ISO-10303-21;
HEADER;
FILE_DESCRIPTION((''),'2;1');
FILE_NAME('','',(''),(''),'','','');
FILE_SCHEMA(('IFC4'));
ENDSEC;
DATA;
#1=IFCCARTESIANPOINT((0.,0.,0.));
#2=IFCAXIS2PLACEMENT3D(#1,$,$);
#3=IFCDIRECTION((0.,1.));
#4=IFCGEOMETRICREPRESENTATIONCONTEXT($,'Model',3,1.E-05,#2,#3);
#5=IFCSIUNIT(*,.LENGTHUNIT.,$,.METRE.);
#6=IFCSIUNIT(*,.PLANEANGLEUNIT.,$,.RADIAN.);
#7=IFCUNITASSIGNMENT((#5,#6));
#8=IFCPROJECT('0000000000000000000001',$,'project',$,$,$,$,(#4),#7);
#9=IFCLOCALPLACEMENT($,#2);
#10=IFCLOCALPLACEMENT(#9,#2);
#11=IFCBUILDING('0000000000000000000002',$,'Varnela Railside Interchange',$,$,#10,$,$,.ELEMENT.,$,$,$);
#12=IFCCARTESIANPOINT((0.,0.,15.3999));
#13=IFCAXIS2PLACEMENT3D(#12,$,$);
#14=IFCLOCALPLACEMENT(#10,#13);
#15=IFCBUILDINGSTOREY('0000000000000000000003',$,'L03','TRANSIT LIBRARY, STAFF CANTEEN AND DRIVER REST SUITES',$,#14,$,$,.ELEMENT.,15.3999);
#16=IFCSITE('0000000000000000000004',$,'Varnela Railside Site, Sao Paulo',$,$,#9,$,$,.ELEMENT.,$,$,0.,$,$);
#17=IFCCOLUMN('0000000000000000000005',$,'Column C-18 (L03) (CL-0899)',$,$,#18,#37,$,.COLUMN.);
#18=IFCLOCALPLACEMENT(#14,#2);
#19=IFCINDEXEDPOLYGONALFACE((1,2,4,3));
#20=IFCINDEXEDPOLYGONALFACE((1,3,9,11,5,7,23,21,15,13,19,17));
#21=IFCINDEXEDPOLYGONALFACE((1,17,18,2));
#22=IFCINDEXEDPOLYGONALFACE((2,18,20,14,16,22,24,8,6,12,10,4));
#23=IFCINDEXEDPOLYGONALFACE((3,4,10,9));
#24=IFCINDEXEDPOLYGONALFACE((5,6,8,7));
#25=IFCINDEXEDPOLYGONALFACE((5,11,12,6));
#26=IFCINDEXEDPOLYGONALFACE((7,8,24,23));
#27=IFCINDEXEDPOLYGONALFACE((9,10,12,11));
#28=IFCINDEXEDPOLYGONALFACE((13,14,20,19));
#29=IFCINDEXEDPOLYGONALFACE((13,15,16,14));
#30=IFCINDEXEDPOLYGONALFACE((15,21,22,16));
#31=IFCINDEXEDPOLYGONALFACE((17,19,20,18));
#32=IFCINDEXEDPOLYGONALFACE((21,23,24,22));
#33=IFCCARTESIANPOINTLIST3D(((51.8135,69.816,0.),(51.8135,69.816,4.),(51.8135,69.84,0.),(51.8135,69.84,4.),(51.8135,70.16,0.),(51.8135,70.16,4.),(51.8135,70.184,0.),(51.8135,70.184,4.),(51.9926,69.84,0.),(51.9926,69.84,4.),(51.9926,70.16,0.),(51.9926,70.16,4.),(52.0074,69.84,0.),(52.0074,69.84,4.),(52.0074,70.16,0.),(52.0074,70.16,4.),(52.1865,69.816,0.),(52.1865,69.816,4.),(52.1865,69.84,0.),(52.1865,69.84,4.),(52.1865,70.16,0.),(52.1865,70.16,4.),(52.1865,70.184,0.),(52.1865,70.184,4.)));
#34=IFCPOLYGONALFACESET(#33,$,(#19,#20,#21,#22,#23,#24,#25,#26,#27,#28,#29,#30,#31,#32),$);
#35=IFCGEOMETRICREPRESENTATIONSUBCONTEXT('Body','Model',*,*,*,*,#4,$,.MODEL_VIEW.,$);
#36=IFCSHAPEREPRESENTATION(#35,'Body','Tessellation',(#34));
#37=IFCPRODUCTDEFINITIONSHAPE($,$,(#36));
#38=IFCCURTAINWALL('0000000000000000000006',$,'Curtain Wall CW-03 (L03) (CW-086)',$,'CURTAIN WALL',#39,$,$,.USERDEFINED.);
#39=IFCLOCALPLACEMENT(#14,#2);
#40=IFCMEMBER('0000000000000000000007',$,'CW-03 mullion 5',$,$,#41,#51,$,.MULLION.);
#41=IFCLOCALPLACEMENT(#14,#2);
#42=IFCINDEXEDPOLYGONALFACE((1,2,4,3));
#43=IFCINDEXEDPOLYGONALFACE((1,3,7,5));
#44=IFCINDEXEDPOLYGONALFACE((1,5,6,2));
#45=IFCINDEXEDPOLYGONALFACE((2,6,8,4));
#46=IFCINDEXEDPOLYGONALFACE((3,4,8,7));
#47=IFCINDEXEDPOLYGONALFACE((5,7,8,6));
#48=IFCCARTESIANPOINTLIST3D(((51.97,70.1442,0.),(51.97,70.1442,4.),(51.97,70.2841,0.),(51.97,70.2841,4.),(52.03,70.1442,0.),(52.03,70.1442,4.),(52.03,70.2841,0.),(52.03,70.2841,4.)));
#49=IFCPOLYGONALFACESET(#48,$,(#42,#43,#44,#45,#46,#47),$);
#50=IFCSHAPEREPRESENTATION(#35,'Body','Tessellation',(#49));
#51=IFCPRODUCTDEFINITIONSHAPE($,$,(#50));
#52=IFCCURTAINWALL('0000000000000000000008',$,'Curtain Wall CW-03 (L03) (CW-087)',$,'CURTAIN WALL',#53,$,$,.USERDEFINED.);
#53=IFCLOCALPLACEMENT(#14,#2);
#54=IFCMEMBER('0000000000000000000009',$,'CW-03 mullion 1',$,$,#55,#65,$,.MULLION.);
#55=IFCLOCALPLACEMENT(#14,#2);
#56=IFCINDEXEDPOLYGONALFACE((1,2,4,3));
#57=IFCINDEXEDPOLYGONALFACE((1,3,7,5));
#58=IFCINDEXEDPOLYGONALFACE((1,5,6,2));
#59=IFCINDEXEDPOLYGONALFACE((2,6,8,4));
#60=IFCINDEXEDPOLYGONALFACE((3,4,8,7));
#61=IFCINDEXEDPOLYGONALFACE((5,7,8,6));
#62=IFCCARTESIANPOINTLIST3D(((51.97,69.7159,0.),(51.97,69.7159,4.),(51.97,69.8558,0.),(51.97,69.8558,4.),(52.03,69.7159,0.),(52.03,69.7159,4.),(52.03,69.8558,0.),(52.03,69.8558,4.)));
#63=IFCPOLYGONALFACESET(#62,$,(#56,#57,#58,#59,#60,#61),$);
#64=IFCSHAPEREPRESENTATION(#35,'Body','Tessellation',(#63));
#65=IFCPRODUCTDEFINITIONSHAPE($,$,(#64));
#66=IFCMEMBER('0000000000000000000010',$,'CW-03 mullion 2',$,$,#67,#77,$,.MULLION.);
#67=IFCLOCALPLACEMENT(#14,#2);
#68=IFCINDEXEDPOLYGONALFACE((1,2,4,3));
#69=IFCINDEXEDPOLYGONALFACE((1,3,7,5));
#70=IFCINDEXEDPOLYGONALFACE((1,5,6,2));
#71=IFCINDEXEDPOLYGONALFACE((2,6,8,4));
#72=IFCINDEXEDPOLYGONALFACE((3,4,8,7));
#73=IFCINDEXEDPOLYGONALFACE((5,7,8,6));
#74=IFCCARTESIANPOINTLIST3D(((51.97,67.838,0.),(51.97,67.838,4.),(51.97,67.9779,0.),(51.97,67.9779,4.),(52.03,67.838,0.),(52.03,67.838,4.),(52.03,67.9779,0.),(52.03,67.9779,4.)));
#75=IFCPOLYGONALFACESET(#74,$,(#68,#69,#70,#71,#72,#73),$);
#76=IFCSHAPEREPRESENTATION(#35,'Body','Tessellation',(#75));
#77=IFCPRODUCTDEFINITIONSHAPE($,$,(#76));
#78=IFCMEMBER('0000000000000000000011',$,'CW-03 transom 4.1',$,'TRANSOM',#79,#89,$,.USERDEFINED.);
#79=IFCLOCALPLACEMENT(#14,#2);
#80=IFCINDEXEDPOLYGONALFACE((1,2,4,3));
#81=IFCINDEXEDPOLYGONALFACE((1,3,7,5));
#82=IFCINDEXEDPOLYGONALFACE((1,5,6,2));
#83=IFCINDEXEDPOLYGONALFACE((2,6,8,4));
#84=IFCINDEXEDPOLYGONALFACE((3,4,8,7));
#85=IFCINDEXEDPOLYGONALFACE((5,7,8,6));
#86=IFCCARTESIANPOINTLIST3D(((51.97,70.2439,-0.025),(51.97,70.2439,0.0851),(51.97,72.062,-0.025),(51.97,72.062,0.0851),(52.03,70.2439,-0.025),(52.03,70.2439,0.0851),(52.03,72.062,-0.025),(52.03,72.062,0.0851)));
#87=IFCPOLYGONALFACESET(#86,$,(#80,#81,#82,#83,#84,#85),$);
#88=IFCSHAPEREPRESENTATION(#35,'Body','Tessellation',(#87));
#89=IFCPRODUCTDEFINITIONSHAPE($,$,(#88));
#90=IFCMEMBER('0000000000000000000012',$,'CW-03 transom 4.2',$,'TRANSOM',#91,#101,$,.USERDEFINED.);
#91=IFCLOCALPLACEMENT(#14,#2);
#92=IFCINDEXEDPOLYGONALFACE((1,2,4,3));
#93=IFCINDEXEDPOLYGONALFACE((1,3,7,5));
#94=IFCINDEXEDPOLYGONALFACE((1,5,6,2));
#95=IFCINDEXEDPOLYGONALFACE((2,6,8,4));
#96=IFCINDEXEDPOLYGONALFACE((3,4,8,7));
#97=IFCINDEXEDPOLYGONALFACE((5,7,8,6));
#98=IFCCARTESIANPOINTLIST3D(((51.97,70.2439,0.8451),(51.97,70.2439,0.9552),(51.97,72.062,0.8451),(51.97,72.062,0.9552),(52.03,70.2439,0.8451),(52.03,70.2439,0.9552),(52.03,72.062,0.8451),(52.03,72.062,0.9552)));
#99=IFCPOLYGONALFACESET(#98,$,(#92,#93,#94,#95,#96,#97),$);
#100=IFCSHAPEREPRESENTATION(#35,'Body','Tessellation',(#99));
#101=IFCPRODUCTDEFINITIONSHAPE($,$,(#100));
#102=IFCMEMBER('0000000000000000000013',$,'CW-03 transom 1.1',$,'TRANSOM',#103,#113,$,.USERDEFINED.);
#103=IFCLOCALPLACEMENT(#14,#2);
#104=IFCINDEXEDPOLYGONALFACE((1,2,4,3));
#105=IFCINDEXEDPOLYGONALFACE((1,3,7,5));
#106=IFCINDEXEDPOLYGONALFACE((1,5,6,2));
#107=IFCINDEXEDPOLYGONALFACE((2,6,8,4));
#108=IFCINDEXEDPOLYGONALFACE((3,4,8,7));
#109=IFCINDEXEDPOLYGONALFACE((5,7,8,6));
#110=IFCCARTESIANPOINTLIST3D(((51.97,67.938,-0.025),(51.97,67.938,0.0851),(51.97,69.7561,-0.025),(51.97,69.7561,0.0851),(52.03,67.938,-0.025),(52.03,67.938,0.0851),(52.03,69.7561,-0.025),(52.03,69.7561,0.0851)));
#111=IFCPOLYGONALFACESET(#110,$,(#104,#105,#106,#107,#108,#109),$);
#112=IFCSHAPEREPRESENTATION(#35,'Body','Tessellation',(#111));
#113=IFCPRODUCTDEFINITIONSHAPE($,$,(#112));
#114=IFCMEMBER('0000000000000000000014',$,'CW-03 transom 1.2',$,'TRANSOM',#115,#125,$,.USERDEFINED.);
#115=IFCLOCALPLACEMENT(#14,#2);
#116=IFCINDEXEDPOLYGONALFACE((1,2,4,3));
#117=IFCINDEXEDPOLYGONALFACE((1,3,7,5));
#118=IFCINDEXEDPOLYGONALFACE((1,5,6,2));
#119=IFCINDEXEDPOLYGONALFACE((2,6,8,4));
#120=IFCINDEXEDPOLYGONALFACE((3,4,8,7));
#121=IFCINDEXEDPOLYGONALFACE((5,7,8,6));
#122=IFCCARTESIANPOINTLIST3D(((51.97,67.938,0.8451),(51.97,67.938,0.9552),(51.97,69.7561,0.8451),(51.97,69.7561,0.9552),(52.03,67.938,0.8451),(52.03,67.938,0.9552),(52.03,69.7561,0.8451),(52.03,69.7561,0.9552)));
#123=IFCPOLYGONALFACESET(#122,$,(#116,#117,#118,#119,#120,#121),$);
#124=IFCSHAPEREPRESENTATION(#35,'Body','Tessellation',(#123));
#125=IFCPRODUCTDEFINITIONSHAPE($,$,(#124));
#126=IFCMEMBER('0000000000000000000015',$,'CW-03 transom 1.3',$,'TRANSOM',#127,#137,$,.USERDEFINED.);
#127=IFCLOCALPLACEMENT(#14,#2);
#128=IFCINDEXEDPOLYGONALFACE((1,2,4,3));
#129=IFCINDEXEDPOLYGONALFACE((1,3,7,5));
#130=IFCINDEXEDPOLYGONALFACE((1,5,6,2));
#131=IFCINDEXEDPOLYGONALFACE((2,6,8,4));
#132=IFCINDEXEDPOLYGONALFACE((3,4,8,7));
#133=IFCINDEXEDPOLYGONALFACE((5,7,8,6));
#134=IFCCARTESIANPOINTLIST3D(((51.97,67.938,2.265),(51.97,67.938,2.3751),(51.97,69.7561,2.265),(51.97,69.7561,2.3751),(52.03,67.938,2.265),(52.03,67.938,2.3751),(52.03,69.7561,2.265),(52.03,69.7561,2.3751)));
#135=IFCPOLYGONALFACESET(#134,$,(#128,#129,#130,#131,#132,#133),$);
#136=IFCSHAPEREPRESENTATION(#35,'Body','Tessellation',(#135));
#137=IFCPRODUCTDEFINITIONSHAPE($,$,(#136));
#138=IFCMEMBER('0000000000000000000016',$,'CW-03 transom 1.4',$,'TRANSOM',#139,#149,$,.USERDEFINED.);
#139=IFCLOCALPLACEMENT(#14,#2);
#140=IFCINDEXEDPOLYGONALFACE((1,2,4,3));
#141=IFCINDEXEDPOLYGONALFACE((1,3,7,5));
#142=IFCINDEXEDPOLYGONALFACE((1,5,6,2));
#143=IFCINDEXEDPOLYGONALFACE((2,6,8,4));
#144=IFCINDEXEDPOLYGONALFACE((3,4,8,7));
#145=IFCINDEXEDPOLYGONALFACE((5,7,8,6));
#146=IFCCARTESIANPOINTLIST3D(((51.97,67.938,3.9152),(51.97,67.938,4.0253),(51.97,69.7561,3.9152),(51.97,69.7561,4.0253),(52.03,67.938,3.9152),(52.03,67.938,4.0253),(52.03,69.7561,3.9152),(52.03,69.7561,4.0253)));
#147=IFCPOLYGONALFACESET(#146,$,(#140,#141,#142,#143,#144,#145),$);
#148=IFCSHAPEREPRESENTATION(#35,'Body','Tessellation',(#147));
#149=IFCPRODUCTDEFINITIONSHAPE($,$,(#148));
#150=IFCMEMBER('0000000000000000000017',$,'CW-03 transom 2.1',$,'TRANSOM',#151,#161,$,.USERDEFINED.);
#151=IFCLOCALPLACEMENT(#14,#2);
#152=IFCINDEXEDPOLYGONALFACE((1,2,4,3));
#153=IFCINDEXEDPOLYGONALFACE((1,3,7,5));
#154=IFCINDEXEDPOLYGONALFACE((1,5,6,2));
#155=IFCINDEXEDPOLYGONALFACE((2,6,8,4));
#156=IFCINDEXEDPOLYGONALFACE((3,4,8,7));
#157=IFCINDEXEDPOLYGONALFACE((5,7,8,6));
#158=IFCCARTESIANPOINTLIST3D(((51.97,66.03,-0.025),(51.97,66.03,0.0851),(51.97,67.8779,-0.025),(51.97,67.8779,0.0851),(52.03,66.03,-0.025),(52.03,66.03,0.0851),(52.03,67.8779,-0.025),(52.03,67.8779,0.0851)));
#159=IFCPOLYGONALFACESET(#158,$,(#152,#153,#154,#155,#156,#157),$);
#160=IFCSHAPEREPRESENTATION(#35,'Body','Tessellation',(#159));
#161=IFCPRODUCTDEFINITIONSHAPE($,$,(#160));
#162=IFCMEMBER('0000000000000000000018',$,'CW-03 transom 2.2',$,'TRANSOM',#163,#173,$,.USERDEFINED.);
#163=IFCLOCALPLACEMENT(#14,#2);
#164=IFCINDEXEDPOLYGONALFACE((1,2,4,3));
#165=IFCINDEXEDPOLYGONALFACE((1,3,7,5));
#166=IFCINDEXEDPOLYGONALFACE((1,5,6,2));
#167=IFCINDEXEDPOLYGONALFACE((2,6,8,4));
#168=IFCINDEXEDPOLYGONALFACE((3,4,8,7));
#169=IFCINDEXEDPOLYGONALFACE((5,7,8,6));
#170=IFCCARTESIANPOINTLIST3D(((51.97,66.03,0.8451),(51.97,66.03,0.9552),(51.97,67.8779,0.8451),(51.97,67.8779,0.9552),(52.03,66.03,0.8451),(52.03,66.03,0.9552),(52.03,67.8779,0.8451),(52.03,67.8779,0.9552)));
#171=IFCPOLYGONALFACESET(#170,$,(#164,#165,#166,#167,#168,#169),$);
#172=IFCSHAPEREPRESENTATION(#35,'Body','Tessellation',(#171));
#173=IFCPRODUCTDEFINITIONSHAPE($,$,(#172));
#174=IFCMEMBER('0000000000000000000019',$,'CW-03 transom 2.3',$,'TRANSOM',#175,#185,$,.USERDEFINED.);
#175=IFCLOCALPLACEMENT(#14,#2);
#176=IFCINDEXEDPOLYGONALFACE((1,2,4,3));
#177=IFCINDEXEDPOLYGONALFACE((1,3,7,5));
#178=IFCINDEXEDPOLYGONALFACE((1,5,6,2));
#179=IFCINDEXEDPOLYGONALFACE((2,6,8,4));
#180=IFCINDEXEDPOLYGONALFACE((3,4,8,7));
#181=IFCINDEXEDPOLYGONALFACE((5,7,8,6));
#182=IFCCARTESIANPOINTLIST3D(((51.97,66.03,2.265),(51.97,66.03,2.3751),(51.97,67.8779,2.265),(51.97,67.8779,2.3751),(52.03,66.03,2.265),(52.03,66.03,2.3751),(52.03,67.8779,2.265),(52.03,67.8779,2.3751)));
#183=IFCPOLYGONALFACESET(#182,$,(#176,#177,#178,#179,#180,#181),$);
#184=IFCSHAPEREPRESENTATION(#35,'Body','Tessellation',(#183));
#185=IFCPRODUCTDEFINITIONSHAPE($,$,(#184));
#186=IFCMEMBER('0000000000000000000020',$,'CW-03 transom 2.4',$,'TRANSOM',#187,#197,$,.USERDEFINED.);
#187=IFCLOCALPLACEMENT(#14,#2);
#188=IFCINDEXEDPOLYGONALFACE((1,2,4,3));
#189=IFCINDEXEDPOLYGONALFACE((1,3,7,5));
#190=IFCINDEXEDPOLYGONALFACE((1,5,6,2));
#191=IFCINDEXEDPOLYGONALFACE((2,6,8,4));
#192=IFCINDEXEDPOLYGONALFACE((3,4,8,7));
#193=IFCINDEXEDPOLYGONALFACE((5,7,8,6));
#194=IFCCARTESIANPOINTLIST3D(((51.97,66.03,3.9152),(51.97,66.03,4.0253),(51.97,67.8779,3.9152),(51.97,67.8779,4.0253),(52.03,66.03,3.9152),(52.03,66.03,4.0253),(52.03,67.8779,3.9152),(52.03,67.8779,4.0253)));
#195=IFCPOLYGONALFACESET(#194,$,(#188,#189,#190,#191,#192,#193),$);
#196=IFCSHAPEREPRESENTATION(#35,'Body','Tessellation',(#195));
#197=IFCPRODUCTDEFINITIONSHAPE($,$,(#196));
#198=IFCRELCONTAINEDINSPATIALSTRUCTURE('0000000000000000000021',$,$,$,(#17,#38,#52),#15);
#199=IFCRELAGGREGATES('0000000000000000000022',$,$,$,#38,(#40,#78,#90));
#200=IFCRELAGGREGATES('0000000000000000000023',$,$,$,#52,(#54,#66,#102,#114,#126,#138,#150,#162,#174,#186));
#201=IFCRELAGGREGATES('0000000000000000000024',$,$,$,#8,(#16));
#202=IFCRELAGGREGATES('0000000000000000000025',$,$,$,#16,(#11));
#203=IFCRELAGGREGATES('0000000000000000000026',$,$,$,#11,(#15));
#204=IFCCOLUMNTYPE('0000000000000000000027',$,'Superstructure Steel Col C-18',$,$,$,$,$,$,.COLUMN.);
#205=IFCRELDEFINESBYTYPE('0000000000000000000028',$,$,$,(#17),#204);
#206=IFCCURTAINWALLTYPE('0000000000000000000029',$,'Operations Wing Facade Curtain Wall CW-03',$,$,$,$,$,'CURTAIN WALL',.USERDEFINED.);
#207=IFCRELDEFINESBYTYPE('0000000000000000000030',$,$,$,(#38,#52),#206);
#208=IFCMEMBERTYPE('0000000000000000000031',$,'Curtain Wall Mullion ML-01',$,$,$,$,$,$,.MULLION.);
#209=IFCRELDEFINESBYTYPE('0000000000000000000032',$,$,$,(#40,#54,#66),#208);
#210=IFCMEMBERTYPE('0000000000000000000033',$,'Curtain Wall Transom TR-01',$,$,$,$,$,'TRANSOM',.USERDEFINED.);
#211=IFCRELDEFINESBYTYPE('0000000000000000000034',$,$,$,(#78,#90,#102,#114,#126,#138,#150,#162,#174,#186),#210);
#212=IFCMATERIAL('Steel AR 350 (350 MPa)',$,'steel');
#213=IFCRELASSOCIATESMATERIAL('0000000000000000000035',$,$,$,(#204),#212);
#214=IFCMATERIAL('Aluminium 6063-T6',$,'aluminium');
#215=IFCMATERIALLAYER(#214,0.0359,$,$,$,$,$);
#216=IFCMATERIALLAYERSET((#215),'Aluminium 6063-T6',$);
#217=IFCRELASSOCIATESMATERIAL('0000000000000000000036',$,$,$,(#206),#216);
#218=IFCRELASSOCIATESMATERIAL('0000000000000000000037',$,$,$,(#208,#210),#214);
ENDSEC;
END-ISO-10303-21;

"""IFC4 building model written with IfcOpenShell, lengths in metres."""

from ifc_helpers import new_model, si_unit, direction, frame, origin, origin_2d, place, context, subcontext, project, spatial, rectangle, i_section, extrude, material, layer, layer_set, material_profile, profile_set, type_object, element, aggregate, save


model = new_model("IFC4")

# Units and contexts
model_context = context("Model", 3, precision=1e-05, world=origin(), true_north=direction((0.0, 1.0)))
body_context = subcontext(model_context, "Body", "Model", "MODEL_VIEW")
ifc_project = project(units=[si_unit("LENGTHUNIT", "METRE"), si_unit("PLANEANGLEUNIT", "RADIAN")], contexts=[model_context])

# Site, building, storey
site_placement = place(None, origin())
site = spatial("IfcSite", under=ifc_project, at=site_placement, Name="Varnela Railside Site, Sao Paulo", CompositionType="ELEMENT", RefElevation=0.0)
building_placement = place(site_placement, origin())
building = spatial("IfcBuilding", under=site, at=building_placement, Name="Varnela Railside Interchange", CompositionType="ELEMENT")
storey_placement = place(building_placement, frame((0.0, 0.0, 15.3999)))
storey = spatial("IfcBuildingStorey", under=building, at=storey_placement, Name="L03", Description="TRANSIT LIBRARY, STAFF CANTEEN AND DRIVER REST SUITES", CompositionType="ELEMENT", Elevation=15.3999)

# Column
ifc_material_1 = material(Name="Steel AR 350 (350 MPa)", Category="steel")
ifc_material_profile_1 = material_profile(ifc_material_1, i_section(OverallWidth=0.373, OverallDepth=0.3679, WebThickness=0.0149, FlangeThickness=0.0239, at=origin_2d()), Name="W360x179")
ifc_profile_set_1 = profile_set([ifc_material_profile_1], Name="Steel AR 350 (350 MPa)")
column_type = type_object("IfcColumnType", Name="Superstructure Steel Col C-18", PredefinedType="COLUMN", material=ifc_profile_set_1)
column_placement = place(storey_placement, frame((52.0, 70.0, 0.0), z_axis=(0.0, 0.0, 1.0), x_axis=(1.0, 0.0, 0.0)))
element("IfcColumn", 1, at=column_placement, inside=storey, type_object=column_type, Name="Column C-18 (L03) (CL-0899)", PredefinedType="COLUMN", context=body_context, shape_type="SweptSolid", body=[
    extrude(i_section(OverallWidth=0.373, OverallDepth=0.3679, WebThickness=0.0149, FlangeThickness=0.0239, at=origin_2d()), origin(), (0.0, 0.0, 1.0), 4.0),
])

# Curtain wall, member
ifc_material_2 = material(Name="Aluminium 6063-T6", Category="aluminium")
ifc_layer_1 = layer(ifc_material_2, 0.0359)
ifc_layer_set_1 = layer_set([ifc_layer_1], Name="Aluminium 6063-T6")
curtain_wall_type = type_object("IfcCurtainWallType", Name="Operations Wing Facade Curtain Wall CW-03", ElementType="CURTAIN WALL", PredefinedType="USERDEFINED", material=ifc_layer_set_1)
curtain_wall_1_placement = place(storey_placement, origin())
curtain_wall_1 = element("IfcCurtainWall", 2, at=curtain_wall_1_placement, inside=storey, type_object=curtain_wall_type, Name="Curtain Wall CW-03 (L03) (CW-086)", ObjectType="CURTAIN WALL", PredefinedType="USERDEFINED")
ifc_material_profile_2 = material_profile(ifc_material_2, rectangle(XDim=0.0601, YDim=0.1399, at=origin_2d()), Name="ALU 60x140")
ifc_profile_set_2 = profile_set([ifc_material_profile_2], Name="Aluminium 6063-T6")
member_type_1 = type_object("IfcMemberType", Name="Curtain Wall Mullion ML-01", PredefinedType="MULLION", material=ifc_profile_set_2)
member_1_placement = place(storey_placement, frame((52.0, 70.2141, 0.0), z_axis=(0.0, 0.0, 1.0), x_axis=(1.0, 0.0, 0.0)))
member_1 = element("IfcMember", 3, at=member_1_placement, type_object=member_type_1, Name="CW-03 mullion 5", PredefinedType="MULLION", context=body_context, shape_type="SweptSolid", body=[
    extrude(rectangle(XDim=0.0601, YDim=0.1399, at=origin_2d()), origin(), (0.0, 0.0, 1.0), 4.0),
])

# Curtain wall, members
curtain_wall_2_placement = place(storey_placement, origin())
curtain_wall_2 = element("IfcCurtainWall", 4, at=curtain_wall_2_placement, inside=storey, type_object=curtain_wall_type, Name="Curtain Wall CW-03 (L03) (CW-087)", ObjectType="CURTAIN WALL", PredefinedType="USERDEFINED")
member_2_placement = place(storey_placement, frame((52.0, 69.7859, 0.0), z_axis=(0.0, 0.0, 1.0), x_axis=(1.0, 0.0, 0.0)))
member_2 = element("IfcMember", 5, at=member_2_placement, type_object=member_type_1, Name="CW-03 mullion 1", PredefinedType="MULLION", context=body_context, shape_type="SweptSolid", body=[
    extrude(rectangle(XDim=0.0601, YDim=0.1399, at=origin_2d()), origin(), (0.0, 0.0, 1.0), 4.0),
])
member_3_placement = place(storey_placement, frame((52.0, 67.908, 0.0), z_axis=(0.0, 0.0, 1.0), x_axis=(1.0, 0.0, 0.0)))
member_3 = element("IfcMember", 6, at=member_3_placement, type_object=member_type_1, Name="CW-03 mullion 2", PredefinedType="MULLION", context=body_context, shape_type="SweptSolid", body=[
    extrude(rectangle(XDim=0.0601, YDim=0.1399, at=origin_2d()), origin(), (0.0, 0.0, 1.0), 4.0),
])

# Members
ifc_material_profile_3 = material_profile(ifc_material_2, rectangle(XDim=0.0601, YDim=0.1101, at=origin_2d()), Name="ALU 60x110")
ifc_profile_set_3 = profile_set([ifc_material_profile_3], Name="Aluminium 6063-T6")
member_type_2 = type_object("IfcMemberType", Name="Curtain Wall Transom TR-01", ElementType="TRANSOM", PredefinedType="USERDEFINED", material=ifc_profile_set_3)
member_4_placement = place(storey_placement, frame((52.0, 72.062, 0.03), z_axis=(0.0, -1.0, 0.0), x_axis=(1.0, 0.0, 0.0)))
member_4 = element("IfcMember", 7, at=member_4_placement, type_object=member_type_2, Name="CW-03 transom 4.1", ObjectType="TRANSOM", PredefinedType="USERDEFINED", context=body_context, shape_type="SweptSolid", body=[
    extrude(rectangle(XDim=0.0601, YDim=0.1101, at=origin_2d()), origin(), (0.0, 0.0, 1.0), 1.8181),
])
member_5_placement = place(storey_placement, frame((52.0, 72.062, 0.9001), z_axis=(0.0, -1.0, 0.0), x_axis=(1.0, 0.0, 0.0)))
member_5 = element("IfcMember", 8, at=member_5_placement, type_object=member_type_2, Name="CW-03 transom 4.2", ObjectType="TRANSOM", PredefinedType="USERDEFINED", context=body_context, shape_type="SweptSolid", body=[
    extrude(rectangle(XDim=0.0601, YDim=0.1101, at=origin_2d()), origin(), (0.0, 0.0, 1.0), 1.8181),
])
member_6_placement = place(storey_placement, frame((52.0, 69.7561, 0.03), z_axis=(0.0, -1.0, 0.0), x_axis=(1.0, 0.0, 0.0)))
member_6 = element("IfcMember", 9, at=member_6_placement, type_object=member_type_2, Name="CW-03 transom 1.1", ObjectType="TRANSOM", PredefinedType="USERDEFINED", context=body_context, shape_type="SweptSolid", body=[
    extrude(rectangle(XDim=0.0601, YDim=0.1101, at=origin_2d()), origin(), (0.0, 0.0, 1.0), 1.8181),
])
member_7_placement = place(storey_placement, frame((52.0, 69.7561, 0.9001), z_axis=(0.0, -1.0, 0.0), x_axis=(1.0, 0.0, 0.0)))
member_7 = element("IfcMember", 10, at=member_7_placement, type_object=member_type_2, Name="CW-03 transom 1.2", ObjectType="TRANSOM", PredefinedType="USERDEFINED", context=body_context, shape_type="SweptSolid", body=[
    extrude(rectangle(XDim=0.0601, YDim=0.1101, at=origin_2d()), origin(), (0.0, 0.0, 1.0), 1.8181),
])
member_8_placement = place(storey_placement, frame((52.0, 69.7561, 2.3201), z_axis=(0.0, -1.0, 0.0), x_axis=(1.0, 0.0, 0.0)))
member_8 = element("IfcMember", 11, at=member_8_placement, type_object=member_type_2, Name="CW-03 transom 1.3", ObjectType="TRANSOM", PredefinedType="USERDEFINED", context=body_context, shape_type="SweptSolid", body=[
    extrude(rectangle(XDim=0.0601, YDim=0.1101, at=origin_2d()), origin(), (0.0, 0.0, 1.0), 1.8181),
])
member_9_placement = place(storey_placement, frame((52.0, 69.7561, 3.9702), z_axis=(0.0, -1.0, 0.0), x_axis=(1.0, 0.0, 0.0)))
member_9 = element("IfcMember", 12, at=member_9_placement, type_object=member_type_2, Name="CW-03 transom 1.4", ObjectType="TRANSOM", PredefinedType="USERDEFINED", context=body_context, shape_type="SweptSolid", body=[
    extrude(rectangle(XDim=0.0601, YDim=0.1101, at=origin_2d()), origin(), (0.0, 0.0, 1.0), 1.8181),
])
member_10_placement = place(storey_placement, frame((52.0, 67.8779, 0.03), z_axis=(0.0, -1.0, 0.0), x_axis=(1.0, 0.0, 0.0)))
member_10 = element("IfcMember", 13, at=member_10_placement, type_object=member_type_2, Name="CW-03 transom 2.1", ObjectType="TRANSOM", PredefinedType="USERDEFINED", context=body_context, shape_type="SweptSolid", body=[
    extrude(rectangle(XDim=0.0601, YDim=0.1101, at=origin_2d()), origin(), (0.0, 0.0, 1.0), 1.8479),
])
member_11_placement = place(storey_placement, frame((52.0, 67.8779, 0.9001), z_axis=(0.0, -1.0, 0.0), x_axis=(1.0, 0.0, 0.0)))
member_11 = element("IfcMember", 14, at=member_11_placement, type_object=member_type_2, Name="CW-03 transom 2.2", ObjectType="TRANSOM", PredefinedType="USERDEFINED", context=body_context, shape_type="SweptSolid", body=[
    extrude(rectangle(XDim=0.0601, YDim=0.1101, at=origin_2d()), origin(), (0.0, 0.0, 1.0), 1.8479),
])
member_12_placement = place(storey_placement, frame((52.0, 67.8779, 2.3201), z_axis=(0.0, -1.0, 0.0), x_axis=(1.0, 0.0, 0.0)))
member_12 = element("IfcMember", 15, at=member_12_placement, type_object=member_type_2, Name="CW-03 transom 2.3", ObjectType="TRANSOM", PredefinedType="USERDEFINED", context=body_context, shape_type="SweptSolid", body=[
    extrude(rectangle(XDim=0.0601, YDim=0.1101, at=origin_2d()), origin(), (0.0, 0.0, 1.0), 1.8479),
])
member_13_placement = place(storey_placement, frame((52.0, 67.8779, 3.9702), z_axis=(0.0, -1.0, 0.0), x_axis=(1.0, 0.0, 0.0)))
member_13 = element("IfcMember", 16, at=member_13_placement, type_object=member_type_2, Name="CW-03 transom 2.4", ObjectType="TRANSOM", PredefinedType="USERDEFINED", context=body_context, shape_type="SweptSolid", body=[
    extrude(rectangle(XDim=0.0601, YDim=0.1101, at=origin_2d()), origin(), (0.0, 0.0, 1.0), 1.8479),
])

aggregate(curtain_wall_1, [member_1, member_4, member_5])
aggregate(curtain_wall_2, [member_2, member_3, member_6, member_7, member_8, member_9, member_10, member_11, member_12, member_13])

save(model, "model.ifc")
